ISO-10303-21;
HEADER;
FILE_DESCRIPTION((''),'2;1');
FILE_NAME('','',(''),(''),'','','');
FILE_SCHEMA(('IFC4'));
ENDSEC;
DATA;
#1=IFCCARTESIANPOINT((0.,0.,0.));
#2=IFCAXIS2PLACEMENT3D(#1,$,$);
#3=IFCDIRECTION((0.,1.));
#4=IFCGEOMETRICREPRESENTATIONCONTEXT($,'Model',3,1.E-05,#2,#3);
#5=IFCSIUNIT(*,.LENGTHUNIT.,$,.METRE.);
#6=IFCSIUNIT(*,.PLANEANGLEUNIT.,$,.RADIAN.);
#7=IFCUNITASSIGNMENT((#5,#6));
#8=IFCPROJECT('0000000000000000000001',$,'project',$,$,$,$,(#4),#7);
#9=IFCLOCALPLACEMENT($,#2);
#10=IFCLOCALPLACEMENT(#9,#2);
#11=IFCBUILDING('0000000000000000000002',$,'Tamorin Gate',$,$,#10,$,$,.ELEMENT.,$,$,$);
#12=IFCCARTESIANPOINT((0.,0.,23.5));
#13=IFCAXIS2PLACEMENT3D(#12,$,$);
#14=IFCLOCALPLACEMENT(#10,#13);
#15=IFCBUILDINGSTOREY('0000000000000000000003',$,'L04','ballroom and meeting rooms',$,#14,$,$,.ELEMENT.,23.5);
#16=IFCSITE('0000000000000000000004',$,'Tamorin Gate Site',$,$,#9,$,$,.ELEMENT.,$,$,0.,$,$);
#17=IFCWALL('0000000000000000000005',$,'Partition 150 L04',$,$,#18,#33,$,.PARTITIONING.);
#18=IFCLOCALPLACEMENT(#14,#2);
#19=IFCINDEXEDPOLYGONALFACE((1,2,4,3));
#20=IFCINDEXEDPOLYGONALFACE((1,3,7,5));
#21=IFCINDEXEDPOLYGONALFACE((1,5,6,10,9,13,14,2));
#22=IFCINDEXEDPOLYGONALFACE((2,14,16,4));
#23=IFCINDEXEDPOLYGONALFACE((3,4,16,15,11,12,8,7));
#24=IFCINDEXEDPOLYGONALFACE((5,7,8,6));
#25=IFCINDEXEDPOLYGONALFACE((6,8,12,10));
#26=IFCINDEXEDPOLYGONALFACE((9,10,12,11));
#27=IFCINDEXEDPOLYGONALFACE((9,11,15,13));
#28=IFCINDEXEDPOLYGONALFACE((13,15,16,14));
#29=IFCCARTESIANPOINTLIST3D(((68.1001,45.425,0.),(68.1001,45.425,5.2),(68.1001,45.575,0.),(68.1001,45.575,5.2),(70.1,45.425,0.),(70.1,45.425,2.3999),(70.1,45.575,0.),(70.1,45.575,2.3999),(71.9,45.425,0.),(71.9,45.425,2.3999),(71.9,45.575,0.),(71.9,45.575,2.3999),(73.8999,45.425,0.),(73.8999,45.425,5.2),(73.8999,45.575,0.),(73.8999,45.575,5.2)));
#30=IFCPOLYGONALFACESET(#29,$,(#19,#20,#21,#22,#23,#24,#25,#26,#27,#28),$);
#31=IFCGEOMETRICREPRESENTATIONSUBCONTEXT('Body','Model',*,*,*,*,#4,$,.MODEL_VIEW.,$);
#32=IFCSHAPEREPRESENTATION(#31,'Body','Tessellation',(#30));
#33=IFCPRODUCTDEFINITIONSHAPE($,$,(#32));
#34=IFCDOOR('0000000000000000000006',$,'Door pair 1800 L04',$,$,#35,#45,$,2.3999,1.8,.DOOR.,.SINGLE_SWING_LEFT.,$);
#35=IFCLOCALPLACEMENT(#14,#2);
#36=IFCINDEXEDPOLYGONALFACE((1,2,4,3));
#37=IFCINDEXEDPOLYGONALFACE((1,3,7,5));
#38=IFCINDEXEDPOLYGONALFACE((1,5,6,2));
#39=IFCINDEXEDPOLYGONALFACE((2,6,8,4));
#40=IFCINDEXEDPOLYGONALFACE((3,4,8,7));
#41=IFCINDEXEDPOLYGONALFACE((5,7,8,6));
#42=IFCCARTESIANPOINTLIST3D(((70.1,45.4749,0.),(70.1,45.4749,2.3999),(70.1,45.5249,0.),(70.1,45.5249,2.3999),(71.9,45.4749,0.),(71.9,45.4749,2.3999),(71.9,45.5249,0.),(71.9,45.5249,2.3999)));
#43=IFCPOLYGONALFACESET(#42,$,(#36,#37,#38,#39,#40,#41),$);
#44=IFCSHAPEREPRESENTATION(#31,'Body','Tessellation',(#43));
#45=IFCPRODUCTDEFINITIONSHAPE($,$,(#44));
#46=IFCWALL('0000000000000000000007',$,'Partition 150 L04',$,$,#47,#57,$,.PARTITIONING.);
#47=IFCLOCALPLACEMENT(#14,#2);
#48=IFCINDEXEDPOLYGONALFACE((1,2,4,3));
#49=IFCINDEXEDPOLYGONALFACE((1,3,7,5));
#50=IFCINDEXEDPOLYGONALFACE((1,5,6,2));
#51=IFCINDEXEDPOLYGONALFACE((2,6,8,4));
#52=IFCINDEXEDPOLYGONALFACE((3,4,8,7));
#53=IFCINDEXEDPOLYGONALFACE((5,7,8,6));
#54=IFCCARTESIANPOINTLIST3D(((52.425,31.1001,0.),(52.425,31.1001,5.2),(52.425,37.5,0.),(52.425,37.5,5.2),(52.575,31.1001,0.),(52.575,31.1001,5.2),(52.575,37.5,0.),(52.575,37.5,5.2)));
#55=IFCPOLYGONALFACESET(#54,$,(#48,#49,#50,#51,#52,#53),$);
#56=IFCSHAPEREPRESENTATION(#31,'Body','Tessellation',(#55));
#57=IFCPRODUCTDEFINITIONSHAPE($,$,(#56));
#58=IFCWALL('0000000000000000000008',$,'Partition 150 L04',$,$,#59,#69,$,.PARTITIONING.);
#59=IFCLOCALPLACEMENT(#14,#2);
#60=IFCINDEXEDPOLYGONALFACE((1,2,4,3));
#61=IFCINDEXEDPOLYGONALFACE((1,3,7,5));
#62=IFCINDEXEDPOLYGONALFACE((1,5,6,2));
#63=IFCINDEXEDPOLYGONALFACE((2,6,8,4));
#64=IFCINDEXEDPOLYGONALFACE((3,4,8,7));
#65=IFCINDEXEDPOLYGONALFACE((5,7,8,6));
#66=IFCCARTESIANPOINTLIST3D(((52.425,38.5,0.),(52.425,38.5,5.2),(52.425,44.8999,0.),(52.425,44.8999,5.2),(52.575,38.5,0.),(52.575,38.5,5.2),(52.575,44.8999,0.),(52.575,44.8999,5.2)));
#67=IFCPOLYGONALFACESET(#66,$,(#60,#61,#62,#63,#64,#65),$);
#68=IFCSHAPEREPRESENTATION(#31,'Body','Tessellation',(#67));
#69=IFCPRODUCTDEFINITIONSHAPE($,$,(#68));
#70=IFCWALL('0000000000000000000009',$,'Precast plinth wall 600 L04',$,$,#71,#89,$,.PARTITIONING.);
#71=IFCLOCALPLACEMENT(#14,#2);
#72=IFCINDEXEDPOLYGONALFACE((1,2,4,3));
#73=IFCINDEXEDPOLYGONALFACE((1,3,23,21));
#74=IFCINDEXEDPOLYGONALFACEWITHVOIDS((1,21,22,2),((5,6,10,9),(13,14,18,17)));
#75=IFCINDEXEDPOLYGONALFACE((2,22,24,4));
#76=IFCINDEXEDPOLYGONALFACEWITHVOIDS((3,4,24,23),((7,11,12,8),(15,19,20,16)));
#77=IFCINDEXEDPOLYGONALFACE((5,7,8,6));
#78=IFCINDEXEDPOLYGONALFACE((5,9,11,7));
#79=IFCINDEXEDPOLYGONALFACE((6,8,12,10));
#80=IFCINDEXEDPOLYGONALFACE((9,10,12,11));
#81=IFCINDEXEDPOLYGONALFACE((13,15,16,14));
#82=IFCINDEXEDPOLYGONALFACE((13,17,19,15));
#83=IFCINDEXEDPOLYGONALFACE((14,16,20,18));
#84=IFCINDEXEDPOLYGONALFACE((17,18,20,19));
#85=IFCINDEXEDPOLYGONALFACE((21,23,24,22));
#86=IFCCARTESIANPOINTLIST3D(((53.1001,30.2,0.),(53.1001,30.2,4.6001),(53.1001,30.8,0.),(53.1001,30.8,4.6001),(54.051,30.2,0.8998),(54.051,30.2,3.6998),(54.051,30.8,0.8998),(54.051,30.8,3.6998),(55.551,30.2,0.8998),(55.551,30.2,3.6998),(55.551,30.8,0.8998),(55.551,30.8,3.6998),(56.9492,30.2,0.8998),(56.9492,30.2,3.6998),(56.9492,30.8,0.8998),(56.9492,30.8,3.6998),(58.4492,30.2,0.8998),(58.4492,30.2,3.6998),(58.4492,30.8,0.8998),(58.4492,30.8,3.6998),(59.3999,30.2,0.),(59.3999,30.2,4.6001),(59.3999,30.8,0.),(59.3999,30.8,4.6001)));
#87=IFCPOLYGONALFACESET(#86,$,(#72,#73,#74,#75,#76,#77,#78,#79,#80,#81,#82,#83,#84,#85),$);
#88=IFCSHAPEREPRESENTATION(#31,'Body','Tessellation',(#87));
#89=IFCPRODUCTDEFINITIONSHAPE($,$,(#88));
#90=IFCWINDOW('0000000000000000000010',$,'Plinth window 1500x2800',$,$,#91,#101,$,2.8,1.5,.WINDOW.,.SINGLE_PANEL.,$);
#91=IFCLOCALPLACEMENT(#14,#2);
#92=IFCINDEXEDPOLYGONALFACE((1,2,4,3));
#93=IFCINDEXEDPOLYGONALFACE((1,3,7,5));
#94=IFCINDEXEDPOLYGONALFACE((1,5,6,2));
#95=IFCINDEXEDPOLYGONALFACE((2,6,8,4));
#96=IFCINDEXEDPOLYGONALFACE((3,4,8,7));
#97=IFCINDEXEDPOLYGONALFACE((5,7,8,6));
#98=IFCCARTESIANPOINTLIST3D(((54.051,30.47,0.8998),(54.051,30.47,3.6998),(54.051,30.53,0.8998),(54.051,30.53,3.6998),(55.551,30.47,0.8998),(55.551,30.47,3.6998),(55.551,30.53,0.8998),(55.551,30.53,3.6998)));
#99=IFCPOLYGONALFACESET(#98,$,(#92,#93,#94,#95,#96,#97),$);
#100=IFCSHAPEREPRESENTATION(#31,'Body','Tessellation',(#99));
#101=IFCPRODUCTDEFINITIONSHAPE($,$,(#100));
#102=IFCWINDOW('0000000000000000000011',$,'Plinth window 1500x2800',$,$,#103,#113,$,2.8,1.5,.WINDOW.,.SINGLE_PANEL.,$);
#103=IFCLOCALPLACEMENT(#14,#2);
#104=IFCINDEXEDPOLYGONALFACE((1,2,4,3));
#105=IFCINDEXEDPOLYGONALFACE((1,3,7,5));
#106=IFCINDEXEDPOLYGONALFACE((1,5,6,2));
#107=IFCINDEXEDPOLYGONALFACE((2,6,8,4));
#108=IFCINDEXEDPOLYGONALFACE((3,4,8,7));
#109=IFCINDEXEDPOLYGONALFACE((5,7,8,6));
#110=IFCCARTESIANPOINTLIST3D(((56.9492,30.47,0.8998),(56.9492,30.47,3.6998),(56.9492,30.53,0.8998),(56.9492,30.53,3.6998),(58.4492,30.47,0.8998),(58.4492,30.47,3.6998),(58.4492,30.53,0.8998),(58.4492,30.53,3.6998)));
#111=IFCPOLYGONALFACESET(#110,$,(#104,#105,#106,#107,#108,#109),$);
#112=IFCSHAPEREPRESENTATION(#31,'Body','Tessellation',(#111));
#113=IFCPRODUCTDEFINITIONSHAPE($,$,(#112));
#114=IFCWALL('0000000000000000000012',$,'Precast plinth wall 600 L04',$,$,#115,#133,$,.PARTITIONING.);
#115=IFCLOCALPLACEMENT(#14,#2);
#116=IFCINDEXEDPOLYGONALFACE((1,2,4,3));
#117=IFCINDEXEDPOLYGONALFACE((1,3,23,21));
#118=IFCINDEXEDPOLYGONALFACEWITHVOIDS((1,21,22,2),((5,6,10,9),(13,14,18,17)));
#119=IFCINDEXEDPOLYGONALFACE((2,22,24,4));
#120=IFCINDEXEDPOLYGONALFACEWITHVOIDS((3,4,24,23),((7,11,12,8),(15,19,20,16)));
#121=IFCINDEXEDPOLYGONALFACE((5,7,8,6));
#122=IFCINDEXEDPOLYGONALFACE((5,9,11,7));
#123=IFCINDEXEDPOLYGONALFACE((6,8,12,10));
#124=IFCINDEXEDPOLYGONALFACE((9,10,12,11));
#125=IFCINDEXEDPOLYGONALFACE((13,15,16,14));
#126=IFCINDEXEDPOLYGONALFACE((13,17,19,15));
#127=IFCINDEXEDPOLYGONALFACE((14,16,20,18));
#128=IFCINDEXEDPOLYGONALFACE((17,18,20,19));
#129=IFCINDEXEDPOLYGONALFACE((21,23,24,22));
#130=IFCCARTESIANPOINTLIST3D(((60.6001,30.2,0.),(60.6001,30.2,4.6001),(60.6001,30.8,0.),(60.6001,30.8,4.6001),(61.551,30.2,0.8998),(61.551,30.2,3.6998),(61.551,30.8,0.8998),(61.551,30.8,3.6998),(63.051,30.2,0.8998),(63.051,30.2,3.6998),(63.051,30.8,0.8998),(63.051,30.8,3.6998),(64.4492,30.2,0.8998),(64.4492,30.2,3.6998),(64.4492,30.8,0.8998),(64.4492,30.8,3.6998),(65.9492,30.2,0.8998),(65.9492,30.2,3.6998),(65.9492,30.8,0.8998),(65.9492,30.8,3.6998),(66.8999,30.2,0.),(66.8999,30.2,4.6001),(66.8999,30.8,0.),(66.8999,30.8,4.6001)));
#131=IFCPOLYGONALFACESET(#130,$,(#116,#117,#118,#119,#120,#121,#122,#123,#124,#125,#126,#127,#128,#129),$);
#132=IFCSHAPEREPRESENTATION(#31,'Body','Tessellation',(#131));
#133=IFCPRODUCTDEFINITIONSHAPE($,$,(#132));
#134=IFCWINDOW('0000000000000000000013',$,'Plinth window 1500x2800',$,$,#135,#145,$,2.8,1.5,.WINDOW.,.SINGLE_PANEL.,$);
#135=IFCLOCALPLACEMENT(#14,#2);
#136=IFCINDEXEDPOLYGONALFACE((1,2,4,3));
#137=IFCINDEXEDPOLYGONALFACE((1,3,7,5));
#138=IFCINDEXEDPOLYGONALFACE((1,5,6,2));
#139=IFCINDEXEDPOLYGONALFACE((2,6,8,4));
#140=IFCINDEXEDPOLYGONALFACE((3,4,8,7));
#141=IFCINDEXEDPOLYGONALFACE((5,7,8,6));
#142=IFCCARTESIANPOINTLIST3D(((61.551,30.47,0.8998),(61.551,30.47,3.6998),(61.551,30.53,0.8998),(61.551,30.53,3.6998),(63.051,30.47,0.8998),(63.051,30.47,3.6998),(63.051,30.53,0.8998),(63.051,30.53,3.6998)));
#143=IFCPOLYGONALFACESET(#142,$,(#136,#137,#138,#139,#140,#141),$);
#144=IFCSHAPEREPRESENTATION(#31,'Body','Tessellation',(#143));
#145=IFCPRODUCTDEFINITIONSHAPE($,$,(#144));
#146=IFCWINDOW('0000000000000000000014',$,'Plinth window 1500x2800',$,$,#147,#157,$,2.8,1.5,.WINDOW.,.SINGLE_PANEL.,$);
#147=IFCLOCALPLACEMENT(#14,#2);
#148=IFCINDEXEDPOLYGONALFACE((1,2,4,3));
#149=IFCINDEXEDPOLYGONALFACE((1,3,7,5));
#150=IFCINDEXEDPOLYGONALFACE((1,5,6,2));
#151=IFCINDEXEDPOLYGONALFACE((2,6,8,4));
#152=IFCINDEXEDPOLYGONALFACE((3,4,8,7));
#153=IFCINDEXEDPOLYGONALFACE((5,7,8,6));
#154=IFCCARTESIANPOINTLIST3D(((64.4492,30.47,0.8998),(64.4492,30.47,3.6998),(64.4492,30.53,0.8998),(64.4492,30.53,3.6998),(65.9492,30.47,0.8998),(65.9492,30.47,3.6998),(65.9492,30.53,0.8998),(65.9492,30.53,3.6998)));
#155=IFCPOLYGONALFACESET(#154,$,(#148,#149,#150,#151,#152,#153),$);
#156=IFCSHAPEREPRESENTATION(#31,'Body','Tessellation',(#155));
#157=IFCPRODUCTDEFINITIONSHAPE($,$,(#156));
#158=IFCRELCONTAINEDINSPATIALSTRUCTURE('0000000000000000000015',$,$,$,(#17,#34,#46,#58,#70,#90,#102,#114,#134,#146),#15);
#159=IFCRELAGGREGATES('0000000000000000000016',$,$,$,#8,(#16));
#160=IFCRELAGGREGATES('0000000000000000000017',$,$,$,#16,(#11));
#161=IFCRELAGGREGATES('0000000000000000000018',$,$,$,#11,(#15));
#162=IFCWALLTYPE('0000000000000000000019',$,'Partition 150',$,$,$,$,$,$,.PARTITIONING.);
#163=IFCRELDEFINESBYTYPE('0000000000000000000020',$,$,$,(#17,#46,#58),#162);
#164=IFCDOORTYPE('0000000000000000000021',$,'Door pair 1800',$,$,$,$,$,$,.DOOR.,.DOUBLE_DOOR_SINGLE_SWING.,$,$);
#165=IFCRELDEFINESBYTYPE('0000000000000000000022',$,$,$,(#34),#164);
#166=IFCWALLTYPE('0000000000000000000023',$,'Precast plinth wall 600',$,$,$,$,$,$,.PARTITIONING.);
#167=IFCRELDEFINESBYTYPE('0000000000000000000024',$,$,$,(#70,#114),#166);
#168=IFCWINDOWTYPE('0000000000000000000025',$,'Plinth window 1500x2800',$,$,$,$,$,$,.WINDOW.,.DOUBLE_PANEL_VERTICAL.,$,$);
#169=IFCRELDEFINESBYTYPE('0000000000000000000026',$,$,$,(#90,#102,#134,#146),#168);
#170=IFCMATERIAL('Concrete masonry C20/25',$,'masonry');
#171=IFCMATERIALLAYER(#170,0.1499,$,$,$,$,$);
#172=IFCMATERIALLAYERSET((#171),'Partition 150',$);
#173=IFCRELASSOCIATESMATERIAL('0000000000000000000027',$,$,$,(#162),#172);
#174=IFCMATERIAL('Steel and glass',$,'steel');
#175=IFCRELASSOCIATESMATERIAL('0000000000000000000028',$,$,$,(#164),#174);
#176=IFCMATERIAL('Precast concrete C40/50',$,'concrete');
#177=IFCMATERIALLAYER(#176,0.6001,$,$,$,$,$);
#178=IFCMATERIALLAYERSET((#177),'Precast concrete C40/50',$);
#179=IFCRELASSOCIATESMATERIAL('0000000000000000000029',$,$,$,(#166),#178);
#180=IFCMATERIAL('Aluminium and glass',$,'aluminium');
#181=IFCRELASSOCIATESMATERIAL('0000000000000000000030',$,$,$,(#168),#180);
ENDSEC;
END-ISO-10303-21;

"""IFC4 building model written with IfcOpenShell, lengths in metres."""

from ifc_helpers import new_model, si_unit, direction, frame, frame_2d, origin, place, context, subcontext, project, spatial, rectangle, extrude, material, layer, layer_set, type_object, element, fill, save


model = new_model("IFC4")

# Units and contexts
model_context = context("Model", 3, precision=1e-05, world=origin(), true_north=direction((0.0, 1.0)))
body_context = subcontext(model_context, "Body", "Model", "MODEL_VIEW")
ifc_project = project(units=[si_unit("LENGTHUNIT", "METRE"), si_unit("PLANEANGLEUNIT", "RADIAN")], contexts=[model_context])

# Site, building, storey
site_placement = place(None, origin())
site = spatial("IfcSite", under=ifc_project, at=site_placement, Name="Tamorin Gate Site", CompositionType="ELEMENT", RefElevation=0.0)
building_placement = place(site_placement, origin())
building = spatial("IfcBuilding", under=site, at=building_placement, Name="Tamorin Gate", CompositionType="ELEMENT")
storey_placement = place(building_placement, frame((0.0, 0.0, 23.5)))
storey = spatial("IfcBuildingStorey", under=building, at=storey_placement, Name="L04", Description="ballroom and meeting rooms", CompositionType="ELEMENT", Elevation=23.5)

# Shared definitions
ifc_material_1 = material(Name="Concrete masonry C20/25", Category="masonry")
ifc_layer_1 = layer(ifc_material_1, 0.1499)
ifc_layer_set_1 = layer_set([ifc_layer_1], Name="Partition 150")
wall_type_1 = type_object("IfcWallType", Name="Partition 150", PredefinedType="PARTITIONING", material=ifc_layer_set_1)

# Wall, opening, door
wall_1_placement = place(storey_placement, frame((68.1001, 45.5, 0.0), z_axis=(0.0, 0.0, 1.0), x_axis=(1.0, 0.0, 0.0)))
wall_1 = element("IfcWall", 1, at=wall_1_placement, inside=storey, type_object=wall_type_1, Name="Partition 150 L04", PredefinedType="PARTITIONING", context=body_context, shape_type="SweptSolid", body=[
    extrude(rectangle(XDim=5.7998, YDim=0.1499, at=frame_2d((2.8999, 0.0))), origin(), (0.0, 0.0, 1.0), 5.2),
])
opening_1_placement = place(wall_1_placement, frame((2.0, 0.0, 0.0)))
opening_1 = element("IfcOpeningElement", 2, at=opening_1_placement, cuts=wall_1, PredefinedType="OPENING", context=body_context, shape_type="SweptSolid", body=[
    extrude(rectangle(XDim=1.8, YDim=2.3999, at=frame_2d((0.8999, 1.2))), frame((0.0, 0.085, 0.0), z_axis=(0.0, -1.0, 0.0), x_axis=(1.0, 0.0, 0.0)), (0.0, 0.0, 1.0), 0.1699),
])
ifc_material_2 = material(Name="Steel and glass", Category="steel")
door_type = type_object("IfcDoorType", Name="Door pair 1800", OperationType="DOUBLE_DOOR_SINGLE_SWING", PredefinedType="DOOR", material=ifc_material_2)
door_placement = place(opening_1_placement, origin())
door = element("IfcDoor", 3, at=door_placement, inside=storey, type_object=door_type, Name="Door pair 1800 L04", OperationType="SINGLE_SWING_LEFT", OverallHeight=2.3999, OverallWidth=1.8, PredefinedType="DOOR", context=body_context, shape_type="SweptSolid", body=[
    extrude(rectangle(XDim=1.8, YDim=2.3999, at=frame_2d((0.8999, 1.2))), frame((0.0, 0.0249, 0.0), z_axis=(0.0, -1.0, 0.0), x_axis=(1.0, 0.0, 0.0)), (0.0, 0.0, 1.0), 0.05),
])
fill(opening_1, door)

# Walls
for number, where, z_axis, x_axis, name in (
    (4, (52.5, 31.1001, 0.0), (0.0, 0.0, 1.0), (0.0, 1.0, 0.0), "Partition 150 L04"),
    (5, (52.5, 38.5, 0.0), (0.0, 0.0, 1.0), (0.0, 1.0, 0.0), "Partition 150 L04"),
):
    element("IfcWall", number, at=place(storey_placement, frame(where, z_axis=z_axis, x_axis=x_axis)), inside=storey, type_object=wall_type_1, Name=name, PredefinedType="PARTITIONING", context=body_context, shape_type="SweptSolid", body=[
        extrude(rectangle(XDim=6.3999, YDim=0.1499, at=frame_2d((3.2, 0.0))), origin(), (0.0, 0.0, 1.0), 5.2),
    ])

# Walls, openings, windows
ifc_material_3 = material(Name="Precast concrete C40/50", Category="concrete")
ifc_layer_2 = layer(ifc_material_3, 0.6001)
ifc_layer_set_2 = layer_set([ifc_layer_2], Name="Precast concrete C40/50")
wall_type_2 = type_object("IfcWallType", Name="Precast plinth wall 600", PredefinedType="PARTITIONING", material=ifc_layer_set_2)
wall_2_placement = place(storey_placement, frame((53.1001, 30.5, 0.0), z_axis=(0.0, 0.0, 1.0), x_axis=(1.0, 0.0, 0.0)))
wall_2 = element("IfcWall", 6, at=wall_2_placement, inside=storey, type_object=wall_type_2, Name="Precast plinth wall 600 L04", PredefinedType="PARTITIONING", context=body_context, shape_type="SweptSolid", body=[
    extrude(rectangle(XDim=6.2998, YDim=0.6001, at=frame_2d((3.1499, 0.0))), origin(), (0.0, 0.0, 1.0), 4.6001),
])
opening_2_placement = place(wall_2_placement, frame((0.9509, 0.0, 0.8999)))
opening_2 = element("IfcOpeningElement", 7, at=opening_2_placement, cuts=wall_2, PredefinedType="OPENING", context=body_context, shape_type="SweptSolid", body=[
    extrude(rectangle(XDim=1.5, YDim=2.8, at=frame_2d((0.75, 1.3999))), frame((0.0, 0.3101, 0.0), z_axis=(0.0, -1.0, 0.0), x_axis=(1.0, 0.0, 0.0)), (0.0, 0.0, 1.0), 0.6201),
])
opening_3_placement = place(wall_2_placement, frame((3.8491, 0.0, 0.8999)))
opening_3 = element("IfcOpeningElement", 8, at=opening_3_placement, cuts=wall_2, PredefinedType="OPENING", context=body_context, shape_type="SweptSolid", body=[
    extrude(rectangle(XDim=1.5, YDim=2.8, at=frame_2d((0.75, 1.3999))), frame((0.0, 0.3101, 0.0), z_axis=(0.0, -1.0, 0.0), x_axis=(1.0, 0.0, 0.0)), (0.0, 0.0, 1.0), 0.6201),
])
ifc_material_4 = material(Name="Aluminium and glass", Category="aluminium")
window_type = type_object("IfcWindowType", Name="Plinth window 1500x2800", PartitioningType="DOUBLE_PANEL_VERTICAL", PredefinedType="WINDOW", material=ifc_material_4)
window_1_placement = place(opening_2_placement, origin())
window_1 = element("IfcWindow", 9, at=window_1_placement, inside=storey, type_object=window_type, Name="Plinth window 1500x2800", OverallHeight=2.8, OverallWidth=1.5, PartitioningType="SINGLE_PANEL", PredefinedType="WINDOW", context=body_context, shape_type="SweptSolid", body=[
    extrude(rectangle(XDim=1.5, YDim=2.8, at=frame_2d((0.75, 1.3999))), frame((0.0, 0.03, 0.0), z_axis=(0.0, -1.0, 0.0), x_axis=(1.0, 0.0, 0.0)), (0.0, 0.0, 1.0), 0.0601),
])
fill(opening_2, window_1)
window_2_placement = place(opening_3_placement, origin())
window_2 = element("IfcWindow", 10, at=window_2_placement, inside=storey, type_object=window_type, Name="Plinth window 1500x2800", OverallHeight=2.8, OverallWidth=1.5, PartitioningType="SINGLE_PANEL", PredefinedType="WINDOW", context=body_context, shape_type="SweptSolid", body=[
    extrude(rectangle(XDim=1.5, YDim=2.8, at=frame_2d((0.75, 1.3999))), frame((0.0, 0.03, 0.0), z_axis=(0.0, -1.0, 0.0), x_axis=(1.0, 0.0, 0.0)), (0.0, 0.0, 1.0), 0.0601),
])
fill(opening_3, window_2)
wall_3_placement = place(storey_placement, frame((60.6001, 30.5, 0.0), z_axis=(0.0, 0.0, 1.0), x_axis=(1.0, 0.0, 0.0)))
wall_3 = element("IfcWall", 11, at=wall_3_placement, inside=storey, type_object=wall_type_2, Name="Precast plinth wall 600 L04", PredefinedType="PARTITIONING", context=body_context, shape_type="SweptSolid", body=[
    extrude(rectangle(XDim=6.2998, YDim=0.6001, at=frame_2d((3.1499, 0.0))), origin(), (0.0, 0.0, 1.0), 4.6001),
])
opening_4_placement = place(wall_3_placement, frame((0.9509, 0.0, 0.8999)))
opening_4 = element("IfcOpeningElement", 12, at=opening_4_placement, cuts=wall_3, PredefinedType="OPENING", context=body_context, shape_type="SweptSolid", body=[
    extrude(rectangle(XDim=1.5, YDim=2.8, at=frame_2d((0.75, 1.3999))), frame((0.0, 0.3101, 0.0), z_axis=(0.0, -1.0, 0.0), x_axis=(1.0, 0.0, 0.0)), (0.0, 0.0, 1.0), 0.6201),
])
opening_5_placement = place(wall_3_placement, frame((3.8491, 0.0, 0.8999)))
opening_5 = element("IfcOpeningElement", 13, at=opening_5_placement, cuts=wall_3, PredefinedType="OPENING", context=body_context, shape_type="SweptSolid", body=[
    extrude(rectangle(XDim=1.5, YDim=2.8, at=frame_2d((0.75, 1.3999))), frame((0.0, 0.3101, 0.0), z_axis=(0.0, -1.0, 0.0), x_axis=(1.0, 0.0, 0.0)), (0.0, 0.0, 1.0), 0.6201),
])
window_3_placement = place(opening_4_placement, origin())
window_3 = element("IfcWindow", 14, at=window_3_placement, inside=storey, type_object=window_type, Name="Plinth window 1500x2800", OverallHeight=2.8, OverallWidth=1.5, PartitioningType="SINGLE_PANEL", PredefinedType="WINDOW", context=body_context, shape_type="SweptSolid", body=[
    extrude(rectangle(XDim=1.5, YDim=2.8, at=frame_2d((0.75, 1.3999))), frame((0.0, 0.03, 0.0), z_axis=(0.0, -1.0, 0.0), x_axis=(1.0, 0.0, 0.0)), (0.0, 0.0, 1.0), 0.0601),
])
fill(opening_4, window_3)
window_4_placement = place(opening_5_placement, origin())
window_4 = element("IfcWindow", 15, at=window_4_placement, inside=storey, type_object=window_type, Name="Plinth window 1500x2800", OverallHeight=2.8, OverallWidth=1.5, PartitioningType="SINGLE_PANEL", PredefinedType="WINDOW", context=body_context, shape_type="SweptSolid", body=[
    extrude(rectangle(XDim=1.5, YDim=2.8, at=frame_2d((0.75, 1.3999))), frame((0.0, 0.03, 0.0), z_axis=(0.0, -1.0, 0.0), x_axis=(1.0, 0.0, 0.0)), (0.0, 0.0, 1.0), 0.0601),
])
fill(opening_5, window_4)

save(model, "model.ifc")
